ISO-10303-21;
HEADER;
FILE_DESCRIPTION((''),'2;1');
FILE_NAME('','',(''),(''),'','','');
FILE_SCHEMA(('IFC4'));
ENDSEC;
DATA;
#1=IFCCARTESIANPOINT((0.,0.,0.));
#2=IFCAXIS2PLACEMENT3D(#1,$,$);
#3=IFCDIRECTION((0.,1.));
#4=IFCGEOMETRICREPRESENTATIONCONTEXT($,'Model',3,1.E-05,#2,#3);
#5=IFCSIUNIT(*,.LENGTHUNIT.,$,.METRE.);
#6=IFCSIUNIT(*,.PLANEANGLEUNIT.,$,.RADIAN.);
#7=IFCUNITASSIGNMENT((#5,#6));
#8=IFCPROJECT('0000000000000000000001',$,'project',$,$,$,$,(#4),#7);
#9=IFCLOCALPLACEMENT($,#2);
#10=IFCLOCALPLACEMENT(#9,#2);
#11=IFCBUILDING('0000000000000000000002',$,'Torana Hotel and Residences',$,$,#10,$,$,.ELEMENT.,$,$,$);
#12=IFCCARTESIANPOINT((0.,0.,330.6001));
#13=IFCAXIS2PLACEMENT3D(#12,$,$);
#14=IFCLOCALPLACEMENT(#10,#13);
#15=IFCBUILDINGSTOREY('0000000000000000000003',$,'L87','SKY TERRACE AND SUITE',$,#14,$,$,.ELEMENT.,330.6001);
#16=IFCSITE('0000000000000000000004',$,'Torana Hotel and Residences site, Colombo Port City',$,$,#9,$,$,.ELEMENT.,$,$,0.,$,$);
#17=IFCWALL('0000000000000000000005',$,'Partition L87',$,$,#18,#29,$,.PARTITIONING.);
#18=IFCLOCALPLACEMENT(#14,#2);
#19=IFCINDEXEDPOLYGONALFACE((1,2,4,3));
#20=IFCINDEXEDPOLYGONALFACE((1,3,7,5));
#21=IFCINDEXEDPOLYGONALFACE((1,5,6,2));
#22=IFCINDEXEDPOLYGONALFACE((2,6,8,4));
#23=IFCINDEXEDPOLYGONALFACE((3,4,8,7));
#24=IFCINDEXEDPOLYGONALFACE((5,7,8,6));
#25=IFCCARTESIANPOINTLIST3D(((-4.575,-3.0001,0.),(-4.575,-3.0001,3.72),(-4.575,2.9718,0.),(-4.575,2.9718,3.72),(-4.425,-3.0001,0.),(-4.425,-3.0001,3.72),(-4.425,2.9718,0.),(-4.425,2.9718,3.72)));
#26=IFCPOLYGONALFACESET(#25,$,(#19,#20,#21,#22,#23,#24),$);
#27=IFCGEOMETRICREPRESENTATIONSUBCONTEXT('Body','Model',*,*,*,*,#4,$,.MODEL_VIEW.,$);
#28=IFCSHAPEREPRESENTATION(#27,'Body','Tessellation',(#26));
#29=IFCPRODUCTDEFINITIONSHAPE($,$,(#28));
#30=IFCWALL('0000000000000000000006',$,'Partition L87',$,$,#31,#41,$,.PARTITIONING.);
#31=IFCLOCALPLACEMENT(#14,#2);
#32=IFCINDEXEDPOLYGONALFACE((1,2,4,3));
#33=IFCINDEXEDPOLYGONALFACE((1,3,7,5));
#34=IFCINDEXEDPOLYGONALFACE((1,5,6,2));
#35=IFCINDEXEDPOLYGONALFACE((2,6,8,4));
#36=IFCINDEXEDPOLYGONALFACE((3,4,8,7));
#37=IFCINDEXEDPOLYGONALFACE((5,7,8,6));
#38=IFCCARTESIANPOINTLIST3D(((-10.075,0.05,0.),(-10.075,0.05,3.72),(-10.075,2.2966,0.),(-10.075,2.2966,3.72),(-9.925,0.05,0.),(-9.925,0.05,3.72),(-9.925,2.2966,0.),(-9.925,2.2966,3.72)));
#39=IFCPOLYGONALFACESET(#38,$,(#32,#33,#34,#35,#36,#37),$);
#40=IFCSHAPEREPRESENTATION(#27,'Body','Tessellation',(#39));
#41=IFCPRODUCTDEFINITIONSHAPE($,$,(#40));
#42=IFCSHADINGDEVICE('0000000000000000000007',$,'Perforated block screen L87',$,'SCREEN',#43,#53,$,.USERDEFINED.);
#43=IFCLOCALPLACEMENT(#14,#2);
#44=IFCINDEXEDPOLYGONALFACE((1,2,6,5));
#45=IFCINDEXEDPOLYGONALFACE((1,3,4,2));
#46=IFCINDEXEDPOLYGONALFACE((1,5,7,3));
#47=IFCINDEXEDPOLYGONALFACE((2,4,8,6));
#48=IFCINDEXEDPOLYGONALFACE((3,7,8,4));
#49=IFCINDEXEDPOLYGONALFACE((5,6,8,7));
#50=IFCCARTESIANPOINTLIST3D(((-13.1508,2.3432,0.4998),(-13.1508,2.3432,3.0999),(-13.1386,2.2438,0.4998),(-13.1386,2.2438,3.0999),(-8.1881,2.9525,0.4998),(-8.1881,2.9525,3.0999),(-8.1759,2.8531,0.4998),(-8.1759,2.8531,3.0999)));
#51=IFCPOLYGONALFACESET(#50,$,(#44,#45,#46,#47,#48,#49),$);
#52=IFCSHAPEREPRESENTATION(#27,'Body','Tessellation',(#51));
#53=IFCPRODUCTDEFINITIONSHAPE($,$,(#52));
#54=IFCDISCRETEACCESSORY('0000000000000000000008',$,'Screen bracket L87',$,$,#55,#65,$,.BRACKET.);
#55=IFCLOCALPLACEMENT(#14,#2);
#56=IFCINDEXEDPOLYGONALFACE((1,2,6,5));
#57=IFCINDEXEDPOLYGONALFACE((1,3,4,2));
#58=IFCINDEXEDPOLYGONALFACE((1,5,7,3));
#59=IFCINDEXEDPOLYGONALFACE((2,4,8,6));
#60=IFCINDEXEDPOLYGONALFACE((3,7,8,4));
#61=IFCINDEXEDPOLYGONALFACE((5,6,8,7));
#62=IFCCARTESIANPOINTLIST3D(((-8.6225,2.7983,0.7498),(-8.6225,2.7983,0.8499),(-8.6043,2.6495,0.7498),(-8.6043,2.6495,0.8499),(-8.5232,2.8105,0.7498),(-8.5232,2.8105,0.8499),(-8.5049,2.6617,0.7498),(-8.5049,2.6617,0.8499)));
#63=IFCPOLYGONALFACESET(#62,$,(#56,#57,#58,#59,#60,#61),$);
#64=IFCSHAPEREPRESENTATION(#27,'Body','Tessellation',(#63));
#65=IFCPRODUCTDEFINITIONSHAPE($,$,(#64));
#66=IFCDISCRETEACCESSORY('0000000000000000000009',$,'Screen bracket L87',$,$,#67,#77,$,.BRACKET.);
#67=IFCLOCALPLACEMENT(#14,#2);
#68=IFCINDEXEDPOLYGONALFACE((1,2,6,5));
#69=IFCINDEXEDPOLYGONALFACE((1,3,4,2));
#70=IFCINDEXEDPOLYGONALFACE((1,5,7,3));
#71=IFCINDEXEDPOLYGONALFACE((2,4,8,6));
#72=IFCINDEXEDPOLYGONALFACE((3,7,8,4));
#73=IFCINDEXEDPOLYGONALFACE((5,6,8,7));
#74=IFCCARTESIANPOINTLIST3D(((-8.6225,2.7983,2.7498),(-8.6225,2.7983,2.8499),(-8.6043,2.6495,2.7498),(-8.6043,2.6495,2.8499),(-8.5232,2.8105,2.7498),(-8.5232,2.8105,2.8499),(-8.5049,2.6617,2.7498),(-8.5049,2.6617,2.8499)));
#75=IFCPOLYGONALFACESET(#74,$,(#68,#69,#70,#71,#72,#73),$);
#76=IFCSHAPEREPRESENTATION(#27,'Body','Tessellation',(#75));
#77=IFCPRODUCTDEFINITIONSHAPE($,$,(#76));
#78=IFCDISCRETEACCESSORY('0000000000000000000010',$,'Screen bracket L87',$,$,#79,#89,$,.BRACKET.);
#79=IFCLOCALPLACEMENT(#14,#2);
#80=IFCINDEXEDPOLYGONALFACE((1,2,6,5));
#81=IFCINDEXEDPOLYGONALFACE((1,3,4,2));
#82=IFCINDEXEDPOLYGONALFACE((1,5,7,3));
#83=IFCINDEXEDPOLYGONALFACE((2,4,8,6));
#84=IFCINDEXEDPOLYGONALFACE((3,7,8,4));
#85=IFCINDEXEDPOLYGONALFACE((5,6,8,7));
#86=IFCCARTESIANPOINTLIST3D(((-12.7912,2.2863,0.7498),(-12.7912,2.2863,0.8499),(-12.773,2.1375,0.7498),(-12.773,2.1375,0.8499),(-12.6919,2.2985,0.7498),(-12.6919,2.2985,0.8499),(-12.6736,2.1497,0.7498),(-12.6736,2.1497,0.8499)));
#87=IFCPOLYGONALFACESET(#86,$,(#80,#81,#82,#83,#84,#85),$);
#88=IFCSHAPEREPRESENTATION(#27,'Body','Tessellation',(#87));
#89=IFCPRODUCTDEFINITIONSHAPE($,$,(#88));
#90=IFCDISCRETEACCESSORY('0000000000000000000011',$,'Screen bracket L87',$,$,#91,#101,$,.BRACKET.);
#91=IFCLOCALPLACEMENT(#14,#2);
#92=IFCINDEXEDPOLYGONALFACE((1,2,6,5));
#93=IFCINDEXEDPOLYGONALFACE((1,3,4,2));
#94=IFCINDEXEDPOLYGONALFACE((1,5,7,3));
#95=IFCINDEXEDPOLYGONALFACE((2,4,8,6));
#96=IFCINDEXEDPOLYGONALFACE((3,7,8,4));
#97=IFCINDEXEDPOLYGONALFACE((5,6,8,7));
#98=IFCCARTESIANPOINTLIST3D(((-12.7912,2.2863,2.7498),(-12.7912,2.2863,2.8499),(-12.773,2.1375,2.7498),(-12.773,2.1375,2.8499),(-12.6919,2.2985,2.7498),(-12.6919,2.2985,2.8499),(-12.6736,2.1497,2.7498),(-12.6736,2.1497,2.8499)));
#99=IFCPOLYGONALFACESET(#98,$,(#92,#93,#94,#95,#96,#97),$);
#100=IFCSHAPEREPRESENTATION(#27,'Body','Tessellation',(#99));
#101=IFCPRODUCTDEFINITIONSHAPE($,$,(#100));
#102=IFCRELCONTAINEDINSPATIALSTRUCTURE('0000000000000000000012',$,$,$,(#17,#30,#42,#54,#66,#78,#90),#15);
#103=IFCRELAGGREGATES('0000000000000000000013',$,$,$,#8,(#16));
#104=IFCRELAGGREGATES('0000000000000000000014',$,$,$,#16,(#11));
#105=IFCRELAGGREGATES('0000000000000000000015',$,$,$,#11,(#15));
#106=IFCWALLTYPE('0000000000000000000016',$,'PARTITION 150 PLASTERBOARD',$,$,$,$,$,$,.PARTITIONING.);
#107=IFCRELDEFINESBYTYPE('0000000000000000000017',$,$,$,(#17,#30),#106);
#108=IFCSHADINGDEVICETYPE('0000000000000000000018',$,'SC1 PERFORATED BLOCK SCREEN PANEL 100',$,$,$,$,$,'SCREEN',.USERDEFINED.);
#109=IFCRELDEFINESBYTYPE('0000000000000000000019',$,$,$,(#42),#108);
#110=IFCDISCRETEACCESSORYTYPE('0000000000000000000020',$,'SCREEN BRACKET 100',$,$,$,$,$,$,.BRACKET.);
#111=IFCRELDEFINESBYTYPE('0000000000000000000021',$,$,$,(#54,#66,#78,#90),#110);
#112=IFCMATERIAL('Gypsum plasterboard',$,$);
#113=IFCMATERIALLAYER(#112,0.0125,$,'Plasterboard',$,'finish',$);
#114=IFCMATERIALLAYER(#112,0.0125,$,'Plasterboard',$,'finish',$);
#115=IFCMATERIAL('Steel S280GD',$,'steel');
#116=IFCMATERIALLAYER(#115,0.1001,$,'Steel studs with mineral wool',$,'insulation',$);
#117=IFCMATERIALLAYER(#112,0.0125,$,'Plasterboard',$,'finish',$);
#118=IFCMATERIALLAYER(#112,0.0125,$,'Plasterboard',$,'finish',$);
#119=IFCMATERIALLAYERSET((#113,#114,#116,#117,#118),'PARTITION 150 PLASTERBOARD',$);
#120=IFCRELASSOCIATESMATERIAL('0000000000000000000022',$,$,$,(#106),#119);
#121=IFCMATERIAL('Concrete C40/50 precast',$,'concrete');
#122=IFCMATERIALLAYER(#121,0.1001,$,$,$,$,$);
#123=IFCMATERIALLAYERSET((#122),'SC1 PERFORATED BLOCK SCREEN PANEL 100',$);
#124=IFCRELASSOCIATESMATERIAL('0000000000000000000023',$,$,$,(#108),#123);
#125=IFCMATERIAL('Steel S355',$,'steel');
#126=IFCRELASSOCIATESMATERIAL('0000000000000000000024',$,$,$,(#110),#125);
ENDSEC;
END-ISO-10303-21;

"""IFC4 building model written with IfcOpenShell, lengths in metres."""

from ifc_helpers import new_model, si_unit, direction, frame, frame_2d, origin, origin_2d, place, context, subcontext, project, spatial, rectangle, extrude, material, layer, layer_set, type_object, element, save


model = new_model("IFC4")

# Units and contexts
model_context = context("Model", 3, precision=1e-05, world=origin(), true_north=direction((0.0, 1.0)))
body_context = subcontext(model_context, "Body", "Model", "MODEL_VIEW")
ifc_project = project(units=[si_unit("LENGTHUNIT", "METRE"), si_unit("PLANEANGLEUNIT", "RADIAN")], contexts=[model_context])

# Site, building, storey
site_placement = place(None, origin())
site = spatial("IfcSite", under=ifc_project, at=site_placement, Name="Torana Hotel and Residences site, Colombo Port City", CompositionType="ELEMENT", RefElevation=0.0)
building_placement = place(site_placement, origin())
building = spatial("IfcBuilding", under=site, at=building_placement, Name="Torana Hotel and Residences", CompositionType="ELEMENT")
storey_placement = place(building_placement, frame((0.0, 0.0, 330.6001)))
storey = spatial("IfcBuildingStorey", under=building, at=storey_placement, Name="L87", Description="SKY TERRACE AND SUITE", CompositionType="ELEMENT", Elevation=330.6001)

# Walls
ifc_material_1 = material(Name="Gypsum plasterboard")
ifc_layer_1 = layer(ifc_material_1, 0.0125, Name="Plasterboard", Category="finish")
ifc_layer_2 = layer(ifc_material_1, 0.0125, Name="Plasterboard", Category="finish")
ifc_material_2 = material(Name="Steel S280GD", Category="steel")
ifc_layer_3 = layer(ifc_material_2, 0.1001, Name="Steel studs with mineral wool", Category="insulation")
ifc_layer_4 = layer(ifc_material_1, 0.0125, Name="Plasterboard", Category="finish")
ifc_layer_5 = layer(ifc_material_1, 0.0125, Name="Plasterboard", Category="finish")
ifc_layer_set_1 = layer_set([ifc_layer_1, ifc_layer_2, ifc_layer_3, ifc_layer_4, ifc_layer_5], Name="PARTITION 150 PLASTERBOARD")
wall_type_1 = type_object("IfcWallType", Name="PARTITION 150 PLASTERBOARD", PredefinedType="PARTITIONING", material=ifc_layer_set_1)
wall_1_placement = place(storey_placement, frame((-4.5, -3.0, 0.0), z_axis=(0.0, 0.0, 1.0), x_axis=(0.0, 1.0, 0.0)))
element("IfcWall", 1, at=wall_1_placement, inside=storey, type_object=wall_type_1, Name="Partition L87", PredefinedType="PARTITIONING", context=body_context, shape_type="SweptSolid", body=[
    extrude(rectangle(XDim=5.9719, YDim=0.1499, at=frame_2d((2.9858, 0.0))), origin(), (0.0, 0.0, 1.0), 3.72),
])
wall_2_placement = place(storey_placement, frame((-10.0, 0.05, 0.0), z_axis=(0.0, 0.0, 1.0), x_axis=(0.0, 1.0, 0.0)))
element("IfcWall", 2, at=wall_2_placement, inside=storey, type_object=wall_type_1, Name="Partition L87", PredefinedType="PARTITIONING", context=body_context, shape_type="SweptSolid", body=[
    extrude(rectangle(XDim=2.2466, YDim=0.1499, at=frame_2d((1.1233, 0.0))), origin(), (0.0, 0.0, 1.0), 3.72),
])

# Shading device
ifc_material_3 = material(Name="Concrete C40/50 precast", Category="concrete")
ifc_layer_6 = layer(ifc_material_3, 0.1001)
ifc_layer_set_2 = layer_set([ifc_layer_6], Name="SC1 PERFORATED BLOCK SCREEN PANEL 100")
shading_device_type = type_object("IfcShadingDeviceType", Name="SC1 PERFORATED BLOCK SCREEN PANEL 100", ElementType="SCREEN", PredefinedType="USERDEFINED", material=ifc_layer_set_2)
shading_device_placement = place(storey_placement, frame((-10.6633, 2.5981, 0.4998), z_axis=(0.0, 0.0, 1.0), x_axis=(-0.992547, -0.121866, 0.0)))
element("IfcShadingDevice", 3, at=shading_device_placement, inside=storey, type_object=shading_device_type, Name="Perforated block screen L87", ObjectType="SCREEN", PredefinedType="USERDEFINED", context=body_context, shape_type="SweptSolid", body=[
    extrude(rectangle(XDim=5.0, YDim=0.1001, at=origin_2d()), origin(), (0.0, 0.0, 1.0), 2.6001),
])

# Discrete accessories
ifc_material_4 = material(Name="Steel S355", Category="steel")
discrete_accessory_type = type_object("IfcDiscreteAccessoryType", Name="SCREEN BRACKET 100", PredefinedType="BRACKET", material=ifc_material_4)
for number, where, z_axis, x_axis, name in (
    (4, (-8.5637, 2.73, 0.7498), (0.0, 0.0, 1.0), (-0.992547, -0.121866, 0.0), "Screen bracket L87"),
    (5, (-8.5637, 2.73, 2.7498), (0.0, 0.0, 1.0), (-0.992547, -0.121866, 0.0), "Screen bracket L87"),
    (6, (-12.7324, 2.218, 0.7498), (0.0, 0.0, 1.0), (-0.992547, -0.121866, 0.0), "Screen bracket L87"),
    (7, (-12.7324, 2.218, 2.7498), (0.0, 0.0, 1.0), (-0.992547, -0.121866, 0.0), "Screen bracket L87"),
):
    element("IfcDiscreteAccessory", number, at=place(storey_placement, frame(where, z_axis=z_axis, x_axis=x_axis)), inside=storey, type_object=discrete_accessory_type, Name=name, PredefinedType="BRACKET", context=body_context, shape_type="SweptSolid", body=[
        extrude(rectangle(XDim=0.1001, YDim=0.1499, at=origin_2d()), origin(), (0.0, 0.0, 1.0), 0.1001),
    ])

save(model, "model.ifc")
